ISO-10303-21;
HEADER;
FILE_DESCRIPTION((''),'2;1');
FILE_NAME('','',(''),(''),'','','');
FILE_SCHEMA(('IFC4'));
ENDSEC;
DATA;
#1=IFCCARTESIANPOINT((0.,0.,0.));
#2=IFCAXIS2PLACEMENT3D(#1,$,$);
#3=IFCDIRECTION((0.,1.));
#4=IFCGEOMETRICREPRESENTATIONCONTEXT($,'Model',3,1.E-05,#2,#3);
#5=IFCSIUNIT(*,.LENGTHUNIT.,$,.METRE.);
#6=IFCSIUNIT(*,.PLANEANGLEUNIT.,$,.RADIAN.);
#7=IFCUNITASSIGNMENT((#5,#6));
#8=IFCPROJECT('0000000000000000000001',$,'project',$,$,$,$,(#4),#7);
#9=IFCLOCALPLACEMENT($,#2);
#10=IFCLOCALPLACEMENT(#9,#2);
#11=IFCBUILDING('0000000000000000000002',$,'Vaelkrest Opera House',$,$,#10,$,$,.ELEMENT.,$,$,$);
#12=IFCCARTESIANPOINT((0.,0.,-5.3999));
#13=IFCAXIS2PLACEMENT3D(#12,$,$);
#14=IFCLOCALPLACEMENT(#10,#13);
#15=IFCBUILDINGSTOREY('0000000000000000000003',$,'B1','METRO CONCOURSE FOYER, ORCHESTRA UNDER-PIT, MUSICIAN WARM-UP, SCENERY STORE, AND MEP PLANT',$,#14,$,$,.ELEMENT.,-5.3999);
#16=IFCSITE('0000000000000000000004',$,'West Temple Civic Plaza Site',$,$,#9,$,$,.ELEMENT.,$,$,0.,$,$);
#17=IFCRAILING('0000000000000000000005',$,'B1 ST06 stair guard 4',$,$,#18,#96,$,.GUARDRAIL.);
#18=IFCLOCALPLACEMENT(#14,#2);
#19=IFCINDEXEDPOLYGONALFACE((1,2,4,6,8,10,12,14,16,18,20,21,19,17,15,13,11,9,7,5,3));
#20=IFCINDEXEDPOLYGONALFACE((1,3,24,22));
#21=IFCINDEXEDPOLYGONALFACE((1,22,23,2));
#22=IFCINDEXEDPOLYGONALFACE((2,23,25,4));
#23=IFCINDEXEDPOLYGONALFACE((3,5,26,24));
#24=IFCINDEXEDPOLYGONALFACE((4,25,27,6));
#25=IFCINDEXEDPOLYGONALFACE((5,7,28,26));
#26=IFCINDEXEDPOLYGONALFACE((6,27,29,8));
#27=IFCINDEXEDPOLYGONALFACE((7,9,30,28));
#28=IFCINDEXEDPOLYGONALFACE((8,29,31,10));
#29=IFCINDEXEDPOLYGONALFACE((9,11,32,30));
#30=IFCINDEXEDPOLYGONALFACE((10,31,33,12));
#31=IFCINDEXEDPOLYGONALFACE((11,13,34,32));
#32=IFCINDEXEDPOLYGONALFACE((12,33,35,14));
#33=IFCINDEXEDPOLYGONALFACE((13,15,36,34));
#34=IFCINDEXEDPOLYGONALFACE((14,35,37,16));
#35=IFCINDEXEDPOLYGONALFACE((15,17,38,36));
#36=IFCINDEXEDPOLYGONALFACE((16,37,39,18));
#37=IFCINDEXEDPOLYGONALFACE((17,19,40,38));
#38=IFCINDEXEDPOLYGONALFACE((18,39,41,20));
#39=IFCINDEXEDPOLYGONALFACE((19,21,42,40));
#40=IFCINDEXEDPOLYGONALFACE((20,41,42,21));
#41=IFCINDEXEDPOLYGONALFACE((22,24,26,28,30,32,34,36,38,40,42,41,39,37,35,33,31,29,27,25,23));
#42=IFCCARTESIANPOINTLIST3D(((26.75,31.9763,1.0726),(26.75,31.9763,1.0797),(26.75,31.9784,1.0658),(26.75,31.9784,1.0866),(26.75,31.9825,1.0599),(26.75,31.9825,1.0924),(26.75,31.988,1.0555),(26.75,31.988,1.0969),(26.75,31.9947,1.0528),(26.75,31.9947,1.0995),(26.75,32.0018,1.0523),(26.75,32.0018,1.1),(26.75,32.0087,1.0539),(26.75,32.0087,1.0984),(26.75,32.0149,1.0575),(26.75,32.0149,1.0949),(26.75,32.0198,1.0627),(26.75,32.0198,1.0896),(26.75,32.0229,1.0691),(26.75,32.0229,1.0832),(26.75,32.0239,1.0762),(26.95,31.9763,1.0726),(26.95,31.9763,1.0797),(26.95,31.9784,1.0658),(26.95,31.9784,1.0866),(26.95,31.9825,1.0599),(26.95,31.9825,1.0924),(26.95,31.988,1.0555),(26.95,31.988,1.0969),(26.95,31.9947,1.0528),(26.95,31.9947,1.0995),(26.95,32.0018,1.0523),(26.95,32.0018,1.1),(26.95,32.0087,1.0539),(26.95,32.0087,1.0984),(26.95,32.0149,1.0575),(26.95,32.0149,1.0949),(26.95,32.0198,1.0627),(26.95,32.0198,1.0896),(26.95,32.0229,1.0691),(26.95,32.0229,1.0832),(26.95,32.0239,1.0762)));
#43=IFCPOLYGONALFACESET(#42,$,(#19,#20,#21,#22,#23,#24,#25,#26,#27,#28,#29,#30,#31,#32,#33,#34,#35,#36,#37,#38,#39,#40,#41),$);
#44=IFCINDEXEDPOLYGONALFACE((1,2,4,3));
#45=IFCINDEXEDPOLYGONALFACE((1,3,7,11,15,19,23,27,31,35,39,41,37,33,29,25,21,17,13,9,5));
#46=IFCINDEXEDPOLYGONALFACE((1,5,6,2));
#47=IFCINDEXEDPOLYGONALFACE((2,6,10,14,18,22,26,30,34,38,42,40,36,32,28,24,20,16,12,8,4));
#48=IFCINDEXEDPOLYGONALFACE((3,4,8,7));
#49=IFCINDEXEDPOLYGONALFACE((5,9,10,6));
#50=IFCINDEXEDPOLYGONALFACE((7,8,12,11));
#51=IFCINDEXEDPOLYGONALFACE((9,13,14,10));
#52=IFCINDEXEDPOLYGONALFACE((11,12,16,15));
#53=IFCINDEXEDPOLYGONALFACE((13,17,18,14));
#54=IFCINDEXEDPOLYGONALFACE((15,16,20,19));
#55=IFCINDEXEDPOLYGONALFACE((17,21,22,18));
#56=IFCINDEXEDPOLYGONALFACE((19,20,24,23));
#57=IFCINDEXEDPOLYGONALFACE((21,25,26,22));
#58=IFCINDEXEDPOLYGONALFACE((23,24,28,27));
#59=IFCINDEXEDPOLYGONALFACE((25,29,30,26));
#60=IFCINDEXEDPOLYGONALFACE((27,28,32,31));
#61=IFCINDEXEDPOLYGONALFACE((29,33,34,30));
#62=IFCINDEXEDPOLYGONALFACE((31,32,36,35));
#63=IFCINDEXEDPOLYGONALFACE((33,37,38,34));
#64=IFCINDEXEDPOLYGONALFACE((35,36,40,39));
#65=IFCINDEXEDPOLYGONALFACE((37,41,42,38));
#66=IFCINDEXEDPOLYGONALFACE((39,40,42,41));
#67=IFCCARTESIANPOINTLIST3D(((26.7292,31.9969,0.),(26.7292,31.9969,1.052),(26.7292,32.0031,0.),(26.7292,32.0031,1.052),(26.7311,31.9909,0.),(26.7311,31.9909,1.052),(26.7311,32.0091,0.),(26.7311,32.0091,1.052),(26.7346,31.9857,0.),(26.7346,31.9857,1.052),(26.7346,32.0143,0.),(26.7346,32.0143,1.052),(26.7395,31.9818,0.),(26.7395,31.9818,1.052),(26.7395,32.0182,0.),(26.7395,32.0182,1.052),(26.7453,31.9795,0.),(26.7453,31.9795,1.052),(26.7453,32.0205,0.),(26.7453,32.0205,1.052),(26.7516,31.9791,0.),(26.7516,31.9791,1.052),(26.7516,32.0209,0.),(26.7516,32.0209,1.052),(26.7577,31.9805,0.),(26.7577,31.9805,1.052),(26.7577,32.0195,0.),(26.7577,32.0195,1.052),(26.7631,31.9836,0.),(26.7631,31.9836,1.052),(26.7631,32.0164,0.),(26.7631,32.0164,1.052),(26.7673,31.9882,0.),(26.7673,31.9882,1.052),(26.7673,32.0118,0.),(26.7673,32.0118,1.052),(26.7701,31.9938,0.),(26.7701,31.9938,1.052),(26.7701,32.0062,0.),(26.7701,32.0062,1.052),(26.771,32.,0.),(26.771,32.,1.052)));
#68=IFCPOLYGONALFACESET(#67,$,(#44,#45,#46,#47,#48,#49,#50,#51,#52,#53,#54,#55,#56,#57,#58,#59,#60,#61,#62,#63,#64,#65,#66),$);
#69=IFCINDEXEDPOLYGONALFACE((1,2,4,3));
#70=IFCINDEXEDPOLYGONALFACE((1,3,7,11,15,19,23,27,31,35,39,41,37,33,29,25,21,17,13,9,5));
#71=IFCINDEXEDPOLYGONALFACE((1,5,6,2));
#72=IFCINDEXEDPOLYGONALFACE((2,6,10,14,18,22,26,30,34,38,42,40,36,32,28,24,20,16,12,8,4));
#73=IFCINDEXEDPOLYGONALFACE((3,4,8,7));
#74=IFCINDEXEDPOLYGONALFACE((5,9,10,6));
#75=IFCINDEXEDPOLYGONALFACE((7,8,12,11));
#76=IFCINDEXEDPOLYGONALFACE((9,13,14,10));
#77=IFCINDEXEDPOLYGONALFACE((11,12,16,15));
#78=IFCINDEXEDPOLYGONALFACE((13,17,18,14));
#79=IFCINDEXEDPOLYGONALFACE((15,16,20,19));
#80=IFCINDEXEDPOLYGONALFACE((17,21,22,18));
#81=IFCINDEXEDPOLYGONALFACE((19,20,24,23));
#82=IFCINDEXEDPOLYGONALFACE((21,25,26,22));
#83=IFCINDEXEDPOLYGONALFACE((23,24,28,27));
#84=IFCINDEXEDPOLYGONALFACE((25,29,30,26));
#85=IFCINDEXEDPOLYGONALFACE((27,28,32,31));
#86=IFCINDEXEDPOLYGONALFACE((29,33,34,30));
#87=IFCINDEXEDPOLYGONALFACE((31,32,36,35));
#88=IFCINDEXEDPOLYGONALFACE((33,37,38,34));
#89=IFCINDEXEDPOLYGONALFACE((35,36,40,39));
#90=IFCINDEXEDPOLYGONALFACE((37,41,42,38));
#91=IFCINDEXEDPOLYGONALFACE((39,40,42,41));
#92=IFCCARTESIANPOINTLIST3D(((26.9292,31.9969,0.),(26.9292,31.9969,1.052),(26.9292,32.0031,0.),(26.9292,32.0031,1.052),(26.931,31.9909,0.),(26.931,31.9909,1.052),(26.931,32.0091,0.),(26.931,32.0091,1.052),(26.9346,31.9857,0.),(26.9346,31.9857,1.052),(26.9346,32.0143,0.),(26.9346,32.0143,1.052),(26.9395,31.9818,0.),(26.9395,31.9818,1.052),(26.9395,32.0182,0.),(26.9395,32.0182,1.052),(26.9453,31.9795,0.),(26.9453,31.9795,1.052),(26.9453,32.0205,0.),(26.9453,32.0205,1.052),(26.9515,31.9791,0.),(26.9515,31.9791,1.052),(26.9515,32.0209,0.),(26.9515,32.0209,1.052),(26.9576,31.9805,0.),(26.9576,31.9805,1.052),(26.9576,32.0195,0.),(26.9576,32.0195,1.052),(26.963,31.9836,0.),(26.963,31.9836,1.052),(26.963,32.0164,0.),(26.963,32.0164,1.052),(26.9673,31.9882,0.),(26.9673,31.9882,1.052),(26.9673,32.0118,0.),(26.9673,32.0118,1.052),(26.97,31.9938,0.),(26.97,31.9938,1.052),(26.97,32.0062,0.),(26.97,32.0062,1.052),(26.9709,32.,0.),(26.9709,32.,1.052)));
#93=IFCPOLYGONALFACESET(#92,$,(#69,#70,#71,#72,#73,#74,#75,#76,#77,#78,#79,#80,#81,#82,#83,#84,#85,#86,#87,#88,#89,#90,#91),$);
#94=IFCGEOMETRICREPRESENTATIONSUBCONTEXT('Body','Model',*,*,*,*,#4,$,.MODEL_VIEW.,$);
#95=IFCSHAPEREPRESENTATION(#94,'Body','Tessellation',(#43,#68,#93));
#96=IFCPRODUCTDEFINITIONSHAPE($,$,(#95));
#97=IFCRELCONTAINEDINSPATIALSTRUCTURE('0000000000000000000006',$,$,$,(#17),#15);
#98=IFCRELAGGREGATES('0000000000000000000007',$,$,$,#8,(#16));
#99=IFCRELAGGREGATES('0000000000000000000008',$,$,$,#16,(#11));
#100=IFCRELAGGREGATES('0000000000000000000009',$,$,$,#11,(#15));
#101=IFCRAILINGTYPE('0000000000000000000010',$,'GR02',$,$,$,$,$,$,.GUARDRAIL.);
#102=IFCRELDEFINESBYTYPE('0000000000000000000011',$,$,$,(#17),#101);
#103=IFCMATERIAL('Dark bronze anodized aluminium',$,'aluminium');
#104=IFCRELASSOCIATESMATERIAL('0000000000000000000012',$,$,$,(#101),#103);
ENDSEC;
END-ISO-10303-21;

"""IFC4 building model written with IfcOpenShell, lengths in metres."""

from ifc_helpers import new_model, si_unit, direction, frame, origin, origin_2d, place, context, subcontext, project, spatial, circle, extrude, material, type_object, element, save


model = new_model("IFC4")

# Units and contexts
model_context = context("Model", 3, precision=1e-05, world=origin(), true_north=direction((0.0, 1.0)))
body_context = subcontext(model_context, "Body", "Model", "MODEL_VIEW")
ifc_project = project(units=[si_unit("LENGTHUNIT", "METRE"), si_unit("PLANEANGLEUNIT", "RADIAN")], contexts=[model_context])

# Site, building, storey
site_placement = place(None, origin())
site = spatial("IfcSite", under=ifc_project, at=site_placement, Name="West Temple Civic Plaza Site", CompositionType="ELEMENT", RefElevation=0.0)
building_placement = place(site_placement, origin())
building = spatial("IfcBuilding", under=site, at=building_placement, Name="Vaelkrest Opera House", CompositionType="ELEMENT")
storey_placement = place(building_placement, frame((0.0, 0.0, -5.3999)))
storey = spatial("IfcBuildingStorey", under=building, at=storey_placement, Name="B1", Description="METRO CONCOURSE FOYER, ORCHESTRA UNDER-PIT, MUSICIAN WARM-UP, SCENERY STORE, AND MEP PLANT", CompositionType="ELEMENT", Elevation=-5.3999)

# Railing
ifc_material_1 = material(Name="Dark bronze anodized aluminium", Category="aluminium")
railing_type_1 = type_object("IfcRailingType", Name="GR02", PredefinedType="GUARDRAIL", material=ifc_material_1)
railing_1_placement = place(storey_placement, frame((26.75, 32.0, 0.0)))
element("IfcRailing", 1, at=railing_1_placement, inside=storey, type_object=railing_type_1, Name="B1 ST06 stair guard 4", PredefinedType="GUARDRAIL", context=body_context, shape_type="SweptSolid", body=[
    extrude(circle(Radius=0.0239, at=origin_2d()), frame((0.0, 0.0, 1.0762), z_axis=(1.0, 0.0, 0.0), x_axis=(0.0, 1.0, 0.0)), (0.0, 0.0, 1.0), 0.2),
    extrude(circle(Radius=0.021, at=origin_2d()), origin(), (0.0, 0.0, 1.0), 1.052),
    extrude(circle(Radius=0.021, at=origin_2d()), frame((0.2, 0.0, 0.0)), (0.0, 0.0, 1.0), 1.052),
])

save(model, "model.ifc")
